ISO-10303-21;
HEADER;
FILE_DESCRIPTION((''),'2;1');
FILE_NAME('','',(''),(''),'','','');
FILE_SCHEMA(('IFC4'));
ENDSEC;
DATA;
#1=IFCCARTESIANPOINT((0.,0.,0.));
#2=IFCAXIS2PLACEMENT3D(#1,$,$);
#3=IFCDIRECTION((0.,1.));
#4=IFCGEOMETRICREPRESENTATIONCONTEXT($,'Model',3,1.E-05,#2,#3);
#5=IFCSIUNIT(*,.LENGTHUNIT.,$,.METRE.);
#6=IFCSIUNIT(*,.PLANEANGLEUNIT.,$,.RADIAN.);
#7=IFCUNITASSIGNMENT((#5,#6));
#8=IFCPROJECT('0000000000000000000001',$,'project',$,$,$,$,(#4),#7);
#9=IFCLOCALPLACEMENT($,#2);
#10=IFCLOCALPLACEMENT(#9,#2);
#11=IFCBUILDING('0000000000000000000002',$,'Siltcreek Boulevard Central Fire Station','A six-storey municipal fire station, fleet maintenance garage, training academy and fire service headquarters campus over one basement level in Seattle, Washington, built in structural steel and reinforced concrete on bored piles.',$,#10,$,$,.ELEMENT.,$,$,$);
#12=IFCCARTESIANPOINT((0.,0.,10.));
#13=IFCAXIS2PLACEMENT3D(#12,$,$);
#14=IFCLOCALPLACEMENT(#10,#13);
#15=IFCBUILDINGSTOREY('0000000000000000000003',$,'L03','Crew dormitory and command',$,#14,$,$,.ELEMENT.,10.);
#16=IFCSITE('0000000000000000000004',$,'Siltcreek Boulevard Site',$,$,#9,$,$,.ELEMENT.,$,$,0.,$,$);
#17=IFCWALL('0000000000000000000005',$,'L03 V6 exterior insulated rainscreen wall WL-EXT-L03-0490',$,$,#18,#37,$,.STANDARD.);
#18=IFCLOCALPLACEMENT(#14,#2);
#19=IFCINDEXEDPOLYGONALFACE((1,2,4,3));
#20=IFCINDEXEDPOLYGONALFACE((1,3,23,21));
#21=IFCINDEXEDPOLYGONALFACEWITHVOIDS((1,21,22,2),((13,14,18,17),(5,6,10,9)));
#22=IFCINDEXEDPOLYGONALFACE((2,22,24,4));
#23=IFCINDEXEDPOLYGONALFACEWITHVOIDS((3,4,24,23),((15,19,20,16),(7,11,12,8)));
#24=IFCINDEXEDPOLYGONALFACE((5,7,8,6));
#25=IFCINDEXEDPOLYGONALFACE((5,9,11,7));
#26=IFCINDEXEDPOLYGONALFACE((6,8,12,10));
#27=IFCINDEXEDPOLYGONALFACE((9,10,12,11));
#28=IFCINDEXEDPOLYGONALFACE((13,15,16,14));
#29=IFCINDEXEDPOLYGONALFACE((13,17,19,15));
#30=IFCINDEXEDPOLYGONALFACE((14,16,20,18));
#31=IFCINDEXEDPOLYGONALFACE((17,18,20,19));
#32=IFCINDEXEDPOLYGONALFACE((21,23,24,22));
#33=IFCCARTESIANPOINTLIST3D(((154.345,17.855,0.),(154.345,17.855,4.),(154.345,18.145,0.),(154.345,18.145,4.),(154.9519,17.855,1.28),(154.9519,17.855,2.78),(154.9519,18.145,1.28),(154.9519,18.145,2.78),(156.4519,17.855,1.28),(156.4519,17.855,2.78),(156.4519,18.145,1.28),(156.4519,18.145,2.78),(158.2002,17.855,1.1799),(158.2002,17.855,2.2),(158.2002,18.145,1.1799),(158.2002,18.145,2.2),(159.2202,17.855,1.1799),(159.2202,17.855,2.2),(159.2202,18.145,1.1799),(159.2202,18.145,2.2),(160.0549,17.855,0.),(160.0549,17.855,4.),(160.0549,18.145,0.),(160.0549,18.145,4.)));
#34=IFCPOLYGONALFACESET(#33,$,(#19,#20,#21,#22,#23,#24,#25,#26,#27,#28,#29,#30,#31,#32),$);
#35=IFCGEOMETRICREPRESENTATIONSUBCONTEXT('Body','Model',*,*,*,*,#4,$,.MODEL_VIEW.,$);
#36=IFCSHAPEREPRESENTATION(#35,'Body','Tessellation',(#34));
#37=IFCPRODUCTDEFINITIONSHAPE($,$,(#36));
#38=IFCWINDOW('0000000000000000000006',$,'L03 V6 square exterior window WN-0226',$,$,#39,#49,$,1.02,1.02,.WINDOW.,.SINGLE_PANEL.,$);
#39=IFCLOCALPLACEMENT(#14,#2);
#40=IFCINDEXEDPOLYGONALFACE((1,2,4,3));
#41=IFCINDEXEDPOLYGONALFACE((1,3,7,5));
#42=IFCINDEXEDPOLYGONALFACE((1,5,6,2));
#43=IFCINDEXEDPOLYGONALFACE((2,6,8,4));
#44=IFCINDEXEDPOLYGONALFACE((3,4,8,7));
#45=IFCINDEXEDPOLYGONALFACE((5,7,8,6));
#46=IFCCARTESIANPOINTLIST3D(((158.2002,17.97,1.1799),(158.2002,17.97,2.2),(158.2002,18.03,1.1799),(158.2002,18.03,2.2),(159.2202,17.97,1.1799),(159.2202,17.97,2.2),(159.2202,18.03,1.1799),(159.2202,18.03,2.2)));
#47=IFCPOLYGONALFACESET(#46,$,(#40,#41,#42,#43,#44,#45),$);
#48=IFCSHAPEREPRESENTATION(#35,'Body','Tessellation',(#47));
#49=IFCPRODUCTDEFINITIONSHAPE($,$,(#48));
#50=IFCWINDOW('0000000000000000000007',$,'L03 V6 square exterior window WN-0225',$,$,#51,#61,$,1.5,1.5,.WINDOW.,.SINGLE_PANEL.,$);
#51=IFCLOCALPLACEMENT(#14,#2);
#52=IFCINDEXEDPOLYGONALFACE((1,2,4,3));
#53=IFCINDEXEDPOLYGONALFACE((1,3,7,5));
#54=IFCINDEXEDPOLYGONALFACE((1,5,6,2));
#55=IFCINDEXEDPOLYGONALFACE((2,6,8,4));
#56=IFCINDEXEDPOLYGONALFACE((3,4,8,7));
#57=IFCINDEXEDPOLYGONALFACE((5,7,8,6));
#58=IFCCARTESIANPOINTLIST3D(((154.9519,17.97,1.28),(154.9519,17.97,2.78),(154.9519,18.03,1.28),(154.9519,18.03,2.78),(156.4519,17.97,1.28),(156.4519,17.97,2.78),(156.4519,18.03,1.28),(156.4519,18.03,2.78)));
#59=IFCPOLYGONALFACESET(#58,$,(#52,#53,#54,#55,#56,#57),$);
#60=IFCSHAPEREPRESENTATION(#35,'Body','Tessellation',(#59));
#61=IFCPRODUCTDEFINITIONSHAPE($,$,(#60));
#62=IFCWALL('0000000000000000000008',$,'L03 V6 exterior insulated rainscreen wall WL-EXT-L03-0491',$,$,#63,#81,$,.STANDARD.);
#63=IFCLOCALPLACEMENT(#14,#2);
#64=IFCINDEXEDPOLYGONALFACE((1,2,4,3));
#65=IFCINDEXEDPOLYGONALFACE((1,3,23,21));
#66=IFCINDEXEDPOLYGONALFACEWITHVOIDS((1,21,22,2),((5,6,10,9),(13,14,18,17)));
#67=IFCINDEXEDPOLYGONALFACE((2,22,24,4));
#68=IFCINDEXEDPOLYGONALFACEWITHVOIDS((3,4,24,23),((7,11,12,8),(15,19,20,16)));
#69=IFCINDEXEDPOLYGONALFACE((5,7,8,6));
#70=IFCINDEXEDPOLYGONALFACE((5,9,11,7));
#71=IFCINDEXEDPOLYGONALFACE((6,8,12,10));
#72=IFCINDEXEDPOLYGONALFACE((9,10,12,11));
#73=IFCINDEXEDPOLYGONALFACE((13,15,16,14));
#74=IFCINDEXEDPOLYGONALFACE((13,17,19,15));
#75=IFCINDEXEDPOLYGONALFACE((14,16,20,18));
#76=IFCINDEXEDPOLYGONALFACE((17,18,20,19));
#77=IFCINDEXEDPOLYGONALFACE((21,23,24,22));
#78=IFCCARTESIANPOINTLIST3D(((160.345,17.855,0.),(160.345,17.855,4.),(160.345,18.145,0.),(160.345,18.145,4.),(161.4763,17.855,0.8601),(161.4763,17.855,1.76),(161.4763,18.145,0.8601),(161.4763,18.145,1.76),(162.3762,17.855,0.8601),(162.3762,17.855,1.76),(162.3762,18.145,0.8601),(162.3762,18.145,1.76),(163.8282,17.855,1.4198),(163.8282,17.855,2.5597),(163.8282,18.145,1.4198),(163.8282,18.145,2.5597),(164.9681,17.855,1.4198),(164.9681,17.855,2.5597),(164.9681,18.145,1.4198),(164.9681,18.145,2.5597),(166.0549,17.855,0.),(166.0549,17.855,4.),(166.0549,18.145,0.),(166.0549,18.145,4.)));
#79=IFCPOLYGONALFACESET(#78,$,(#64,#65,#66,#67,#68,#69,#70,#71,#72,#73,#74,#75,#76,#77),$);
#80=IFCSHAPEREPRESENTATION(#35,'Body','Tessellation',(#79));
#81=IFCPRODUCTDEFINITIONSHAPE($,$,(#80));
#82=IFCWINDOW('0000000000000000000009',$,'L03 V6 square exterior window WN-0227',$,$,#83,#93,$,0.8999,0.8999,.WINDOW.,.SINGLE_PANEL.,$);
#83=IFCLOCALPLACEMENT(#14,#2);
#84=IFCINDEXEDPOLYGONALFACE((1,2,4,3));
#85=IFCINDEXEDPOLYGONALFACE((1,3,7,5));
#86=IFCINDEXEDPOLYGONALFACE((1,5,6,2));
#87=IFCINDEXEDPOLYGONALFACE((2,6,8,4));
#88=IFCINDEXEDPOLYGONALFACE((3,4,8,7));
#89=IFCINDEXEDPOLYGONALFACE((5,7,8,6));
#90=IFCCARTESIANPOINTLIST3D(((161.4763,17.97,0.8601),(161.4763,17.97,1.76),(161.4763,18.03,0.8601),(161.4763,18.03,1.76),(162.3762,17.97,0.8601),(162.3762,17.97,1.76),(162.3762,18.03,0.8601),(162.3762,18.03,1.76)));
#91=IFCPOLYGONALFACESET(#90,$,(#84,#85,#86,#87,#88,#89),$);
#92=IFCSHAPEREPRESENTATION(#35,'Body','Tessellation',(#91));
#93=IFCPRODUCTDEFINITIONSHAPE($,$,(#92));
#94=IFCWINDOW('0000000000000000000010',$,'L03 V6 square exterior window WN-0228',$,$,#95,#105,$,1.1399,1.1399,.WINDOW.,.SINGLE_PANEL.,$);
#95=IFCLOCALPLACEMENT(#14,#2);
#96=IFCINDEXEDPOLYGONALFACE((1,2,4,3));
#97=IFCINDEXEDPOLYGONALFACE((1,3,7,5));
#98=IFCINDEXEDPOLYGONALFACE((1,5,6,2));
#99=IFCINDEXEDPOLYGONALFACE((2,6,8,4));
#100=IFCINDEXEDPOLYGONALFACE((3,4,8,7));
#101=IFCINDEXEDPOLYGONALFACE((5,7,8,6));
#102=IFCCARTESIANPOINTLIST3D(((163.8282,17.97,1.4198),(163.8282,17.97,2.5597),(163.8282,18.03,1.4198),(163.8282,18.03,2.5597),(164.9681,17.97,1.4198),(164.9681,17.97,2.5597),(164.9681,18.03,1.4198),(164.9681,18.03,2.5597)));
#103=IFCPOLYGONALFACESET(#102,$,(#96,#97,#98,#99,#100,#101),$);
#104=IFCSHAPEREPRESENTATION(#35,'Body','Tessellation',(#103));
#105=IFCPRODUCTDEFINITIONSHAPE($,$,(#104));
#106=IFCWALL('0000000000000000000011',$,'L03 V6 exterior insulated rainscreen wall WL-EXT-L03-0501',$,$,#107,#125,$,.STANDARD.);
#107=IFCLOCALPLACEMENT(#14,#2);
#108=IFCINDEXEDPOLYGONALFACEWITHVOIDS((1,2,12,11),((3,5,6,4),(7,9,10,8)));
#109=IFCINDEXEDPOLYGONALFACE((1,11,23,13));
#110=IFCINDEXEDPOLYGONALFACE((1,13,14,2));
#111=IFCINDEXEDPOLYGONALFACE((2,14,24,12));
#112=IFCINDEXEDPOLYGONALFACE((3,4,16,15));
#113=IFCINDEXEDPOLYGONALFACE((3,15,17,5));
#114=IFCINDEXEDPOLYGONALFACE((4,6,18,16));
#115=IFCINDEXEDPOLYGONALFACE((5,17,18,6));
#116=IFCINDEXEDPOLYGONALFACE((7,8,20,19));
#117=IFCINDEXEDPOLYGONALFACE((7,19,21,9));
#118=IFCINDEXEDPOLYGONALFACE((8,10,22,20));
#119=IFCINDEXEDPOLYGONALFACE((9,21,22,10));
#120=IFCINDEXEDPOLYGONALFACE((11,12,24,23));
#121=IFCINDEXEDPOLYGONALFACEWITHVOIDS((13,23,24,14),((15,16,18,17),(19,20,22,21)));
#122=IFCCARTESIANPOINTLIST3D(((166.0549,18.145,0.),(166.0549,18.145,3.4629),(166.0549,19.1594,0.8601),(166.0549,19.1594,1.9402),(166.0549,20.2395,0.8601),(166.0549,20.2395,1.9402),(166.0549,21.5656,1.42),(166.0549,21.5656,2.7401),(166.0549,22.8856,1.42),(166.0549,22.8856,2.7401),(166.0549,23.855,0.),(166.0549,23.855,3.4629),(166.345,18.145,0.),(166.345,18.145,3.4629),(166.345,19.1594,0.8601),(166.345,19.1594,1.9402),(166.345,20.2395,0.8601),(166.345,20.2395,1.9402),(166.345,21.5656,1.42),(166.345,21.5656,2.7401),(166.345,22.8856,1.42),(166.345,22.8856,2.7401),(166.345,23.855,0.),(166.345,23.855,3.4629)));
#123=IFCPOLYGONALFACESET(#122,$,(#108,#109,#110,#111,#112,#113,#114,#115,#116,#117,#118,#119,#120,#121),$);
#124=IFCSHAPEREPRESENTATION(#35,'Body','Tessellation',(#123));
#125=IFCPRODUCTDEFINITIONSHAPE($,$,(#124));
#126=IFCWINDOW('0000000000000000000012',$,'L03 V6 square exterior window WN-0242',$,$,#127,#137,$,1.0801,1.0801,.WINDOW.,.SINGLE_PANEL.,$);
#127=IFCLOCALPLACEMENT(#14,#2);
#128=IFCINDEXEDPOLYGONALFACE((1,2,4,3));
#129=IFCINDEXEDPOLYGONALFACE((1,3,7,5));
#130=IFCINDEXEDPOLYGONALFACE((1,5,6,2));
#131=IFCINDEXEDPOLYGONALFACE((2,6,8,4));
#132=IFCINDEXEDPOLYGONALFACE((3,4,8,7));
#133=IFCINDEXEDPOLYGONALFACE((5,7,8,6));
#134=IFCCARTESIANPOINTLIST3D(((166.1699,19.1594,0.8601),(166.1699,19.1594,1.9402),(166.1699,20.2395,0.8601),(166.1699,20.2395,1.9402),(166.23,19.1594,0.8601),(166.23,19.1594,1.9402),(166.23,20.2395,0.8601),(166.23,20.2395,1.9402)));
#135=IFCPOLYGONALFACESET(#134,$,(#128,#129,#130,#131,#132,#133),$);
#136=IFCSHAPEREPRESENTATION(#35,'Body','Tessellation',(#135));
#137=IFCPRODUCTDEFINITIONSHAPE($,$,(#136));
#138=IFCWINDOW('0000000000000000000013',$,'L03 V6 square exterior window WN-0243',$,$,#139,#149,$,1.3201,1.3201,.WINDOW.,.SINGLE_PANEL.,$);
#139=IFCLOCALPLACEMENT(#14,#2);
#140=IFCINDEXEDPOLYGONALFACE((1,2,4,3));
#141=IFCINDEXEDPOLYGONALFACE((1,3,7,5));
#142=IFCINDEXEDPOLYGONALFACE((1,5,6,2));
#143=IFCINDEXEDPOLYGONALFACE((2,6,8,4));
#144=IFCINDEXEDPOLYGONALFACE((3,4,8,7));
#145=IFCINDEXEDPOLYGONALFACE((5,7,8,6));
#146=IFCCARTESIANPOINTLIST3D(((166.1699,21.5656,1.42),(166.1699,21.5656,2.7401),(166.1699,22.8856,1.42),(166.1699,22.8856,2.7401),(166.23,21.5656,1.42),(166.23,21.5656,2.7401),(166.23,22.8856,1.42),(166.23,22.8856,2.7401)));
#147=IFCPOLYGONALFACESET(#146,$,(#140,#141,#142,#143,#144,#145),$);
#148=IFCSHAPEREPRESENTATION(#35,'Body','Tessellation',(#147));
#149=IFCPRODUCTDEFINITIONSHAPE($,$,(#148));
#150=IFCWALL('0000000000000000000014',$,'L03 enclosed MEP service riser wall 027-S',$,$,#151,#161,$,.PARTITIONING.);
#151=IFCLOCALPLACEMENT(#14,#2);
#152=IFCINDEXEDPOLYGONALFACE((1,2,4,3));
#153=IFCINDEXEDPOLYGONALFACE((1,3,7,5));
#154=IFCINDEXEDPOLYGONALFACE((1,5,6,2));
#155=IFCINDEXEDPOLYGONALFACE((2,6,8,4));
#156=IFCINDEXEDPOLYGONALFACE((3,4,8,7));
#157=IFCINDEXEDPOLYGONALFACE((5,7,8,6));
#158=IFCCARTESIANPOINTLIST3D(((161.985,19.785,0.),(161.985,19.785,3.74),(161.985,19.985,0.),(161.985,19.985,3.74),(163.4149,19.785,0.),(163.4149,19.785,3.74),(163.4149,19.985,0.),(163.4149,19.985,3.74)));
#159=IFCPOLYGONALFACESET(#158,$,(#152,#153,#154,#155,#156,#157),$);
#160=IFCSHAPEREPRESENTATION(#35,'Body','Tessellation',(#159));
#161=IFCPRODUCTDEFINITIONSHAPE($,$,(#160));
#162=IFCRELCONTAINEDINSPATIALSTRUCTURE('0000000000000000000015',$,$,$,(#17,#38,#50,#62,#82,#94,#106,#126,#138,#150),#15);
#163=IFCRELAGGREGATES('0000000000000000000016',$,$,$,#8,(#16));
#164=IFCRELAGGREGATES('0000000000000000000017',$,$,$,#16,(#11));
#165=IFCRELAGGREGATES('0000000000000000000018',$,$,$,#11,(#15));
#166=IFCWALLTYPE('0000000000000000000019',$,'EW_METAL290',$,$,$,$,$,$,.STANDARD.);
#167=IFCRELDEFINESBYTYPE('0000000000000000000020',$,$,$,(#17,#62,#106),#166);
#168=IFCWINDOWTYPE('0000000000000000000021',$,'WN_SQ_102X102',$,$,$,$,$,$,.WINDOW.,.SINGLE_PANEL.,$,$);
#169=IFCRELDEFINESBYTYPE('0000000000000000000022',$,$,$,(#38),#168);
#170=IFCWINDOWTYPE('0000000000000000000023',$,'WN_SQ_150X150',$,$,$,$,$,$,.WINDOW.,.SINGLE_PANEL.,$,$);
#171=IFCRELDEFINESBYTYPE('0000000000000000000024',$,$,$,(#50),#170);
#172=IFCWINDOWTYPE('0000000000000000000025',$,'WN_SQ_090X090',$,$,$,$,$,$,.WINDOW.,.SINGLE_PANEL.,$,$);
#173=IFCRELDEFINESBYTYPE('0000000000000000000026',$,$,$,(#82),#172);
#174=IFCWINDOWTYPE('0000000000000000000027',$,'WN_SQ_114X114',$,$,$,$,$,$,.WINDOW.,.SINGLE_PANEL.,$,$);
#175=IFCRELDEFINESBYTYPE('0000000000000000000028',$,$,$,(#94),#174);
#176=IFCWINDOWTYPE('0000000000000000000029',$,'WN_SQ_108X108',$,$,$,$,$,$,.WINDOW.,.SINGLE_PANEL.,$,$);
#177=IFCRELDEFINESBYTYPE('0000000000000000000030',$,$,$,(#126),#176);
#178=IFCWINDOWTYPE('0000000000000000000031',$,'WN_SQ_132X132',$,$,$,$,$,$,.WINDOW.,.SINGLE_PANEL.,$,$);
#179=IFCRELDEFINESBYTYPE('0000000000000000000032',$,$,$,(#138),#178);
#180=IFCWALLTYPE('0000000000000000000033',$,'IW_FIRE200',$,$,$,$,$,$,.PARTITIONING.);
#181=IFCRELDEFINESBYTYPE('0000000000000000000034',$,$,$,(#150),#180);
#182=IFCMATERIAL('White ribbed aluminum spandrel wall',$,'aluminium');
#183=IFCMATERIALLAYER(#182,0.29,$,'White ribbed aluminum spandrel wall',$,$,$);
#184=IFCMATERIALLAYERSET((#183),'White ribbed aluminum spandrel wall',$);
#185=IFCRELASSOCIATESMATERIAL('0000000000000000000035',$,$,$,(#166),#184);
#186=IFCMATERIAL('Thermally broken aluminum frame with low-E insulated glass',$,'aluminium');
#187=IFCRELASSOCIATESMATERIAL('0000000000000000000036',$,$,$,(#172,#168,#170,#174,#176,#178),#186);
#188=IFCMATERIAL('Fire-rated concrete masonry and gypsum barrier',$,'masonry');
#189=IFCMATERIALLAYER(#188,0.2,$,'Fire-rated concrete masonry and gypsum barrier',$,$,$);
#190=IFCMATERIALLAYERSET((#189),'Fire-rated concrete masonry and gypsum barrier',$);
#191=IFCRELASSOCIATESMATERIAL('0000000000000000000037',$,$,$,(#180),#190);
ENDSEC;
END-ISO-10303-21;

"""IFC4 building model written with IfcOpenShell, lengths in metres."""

from ifc_helpers import new_model, si_unit, direction, frame, frame_2d, origin, place, context, subcontext, project, spatial, rectangle, extrude, material, layer, layer_set, type_object, element, fill, save


model = new_model("IFC4")

# Units and contexts
model_context = context("Model", 3, precision=1e-05, world=origin(), true_north=direction((0.0, 1.0)))
body_context = subcontext(model_context, "Body", "Model", "MODEL_VIEW")
ifc_project = project(units=[si_unit("LENGTHUNIT", "METRE"), si_unit("PLANEANGLEUNIT", "RADIAN")], contexts=[model_context])

# Site, building, storey
site_placement = place(None, origin())
site = spatial("IfcSite", under=ifc_project, at=site_placement, Name="Siltcreek Boulevard Site", CompositionType="ELEMENT", RefElevation=0.0)
building_placement = place(site_placement, origin())
building = spatial("IfcBuilding", under=site, at=building_placement, Name="Siltcreek Boulevard Central Fire Station", Description="A six-storey municipal fire station, fleet maintenance garage, training academy and fire service headquarters campus over one basement level in Seattle, Washington, built in structural steel and reinforced concrete on bored piles.", CompositionType="ELEMENT")
storey_placement = place(building_placement, frame((0.0, 0.0, 10.0)))
storey = spatial("IfcBuildingStorey", under=building, at=storey_placement, Name="L03", Description="Crew dormitory and command", CompositionType="ELEMENT", Elevation=10.0)

# Shared definitions
ifc_material_1 = material(Name="White ribbed aluminum spandrel wall", Category="aluminium")
ifc_layer_1 = layer(ifc_material_1, 0.29, Name="White ribbed aluminum spandrel wall")
ifc_layer_set_1 = layer_set([ifc_layer_1], Name="White ribbed aluminum spandrel wall")
wall_type_1 = type_object("IfcWallType", Name="EW_METAL290", PredefinedType="STANDARD", material=ifc_layer_set_1)
ifc_material_2 = material(Name="Thermally broken aluminum frame with low-E insulated glass", Category="aluminium")
window_type_1 = type_object("IfcWindowType", Name="WN_SQ_090X090", PartitioningType="SINGLE_PANEL", PredefinedType="WINDOW", material=ifc_material_2)

# Walls, openings, windows
wall_1_placement = place(storey_placement, frame((154.345, 18.0, 0.0), z_axis=(0.0, 0.0, 1.0), x_axis=(1.0, 0.0, 0.0)))
wall_1 = element("IfcWall", 1, at=wall_1_placement, inside=storey, type_object=wall_type_1, Name="L03 V6 exterior insulated rainscreen wall WL-EXT-L03-0490", PredefinedType="STANDARD", context=body_context, shape_type="SweptSolid", body=[
    extrude(rectangle(XDim=5.71, YDim=0.29, at=frame_2d((2.855, 0.0))), origin(), (0.0, 0.0, 1.0), 4.0),
])
opening_1_placement = place(wall_1_placement, frame((0.6069, 0.0, 1.28)))
opening_1 = element("IfcOpeningElement", 2, at=opening_1_placement, cuts=wall_1, PredefinedType="OPENING", context=body_context, shape_type="SweptSolid", body=[
    extrude(rectangle(XDim=1.5, YDim=1.5, at=frame_2d((0.75, 0.75))), frame((0.0, 0.155, 0.0), z_axis=(0.0, -1.0, 0.0), x_axis=(1.0, 0.0, 0.0)), (0.0, 0.0, 1.0), 0.3101),
])
opening_2_placement = place(wall_1_placement, frame((3.8552, 0.0, 1.1799)))
opening_2 = element("IfcOpeningElement", 3, at=opening_2_placement, cuts=wall_1, PredefinedType="OPENING", context=body_context, shape_type="SweptSolid", body=[
    extrude(rectangle(XDim=1.02, YDim=1.02, at=frame_2d((0.51, 0.51))), frame((0.0, 0.155, 0.0), z_axis=(0.0, -1.0, 0.0), x_axis=(1.0, 0.0, 0.0)), (0.0, 0.0, 1.0), 0.3101),
])
window_type_2 = type_object("IfcWindowType", Name="WN_SQ_102X102", PartitioningType="SINGLE_PANEL", PredefinedType="WINDOW", material=ifc_material_2)
window_1_placement = place(opening_2_placement, origin())
window_1 = element("IfcWindow", 4, at=window_1_placement, inside=storey, type_object=window_type_2, Name="L03 V6 square exterior window WN-0226", OverallHeight=1.02, OverallWidth=1.02, PartitioningType="SINGLE_PANEL", PredefinedType="WINDOW", context=body_context, shape_type="SweptSolid", body=[
    extrude(rectangle(XDim=1.02, YDim=1.02, at=frame_2d((0.51, 0.51))), frame((0.0, 0.03, 0.0), z_axis=(0.0, -1.0, 0.0), x_axis=(1.0, 0.0, 0.0)), (0.0, 0.0, 1.0), 0.0601),
])
fill(opening_2, window_1)
window_type_3 = type_object("IfcWindowType", Name="WN_SQ_150X150", PartitioningType="SINGLE_PANEL", PredefinedType="WINDOW", material=ifc_material_2)
window_2_placement = place(opening_1_placement, origin())
window_2 = element("IfcWindow", 5, at=window_2_placement, inside=storey, type_object=window_type_3, Name="L03 V6 square exterior window WN-0225", OverallHeight=1.5, OverallWidth=1.5, PartitioningType="SINGLE_PANEL", PredefinedType="WINDOW", context=body_context, shape_type="SweptSolid", body=[
    extrude(rectangle(XDim=1.5, YDim=1.5, at=frame_2d((0.75, 0.75))), frame((0.0, 0.03, 0.0), z_axis=(0.0, -1.0, 0.0), x_axis=(1.0, 0.0, 0.0)), (0.0, 0.0, 1.0), 0.0601),
])
fill(opening_1, window_2)
wall_2_placement = place(storey_placement, frame((160.345, 18.0, 0.0), z_axis=(0.0, 0.0, 1.0), x_axis=(1.0, 0.0, 0.0)))
wall_2 = element("IfcWall", 6, at=wall_2_placement, inside=storey, type_object=wall_type_1, Name="L03 V6 exterior insulated rainscreen wall WL-EXT-L03-0491", PredefinedType="STANDARD", context=body_context, shape_type="SweptSolid", body=[
    extrude(rectangle(XDim=5.71, YDim=0.29, at=frame_2d((2.855, 0.0))), origin(), (0.0, 0.0, 1.0), 4.0),
])
opening_3_placement = place(wall_2_placement, frame((1.1313, 0.0, 0.8601)))
opening_3 = element("IfcOpeningElement", 7, at=opening_3_placement, cuts=wall_2, PredefinedType="OPENING", context=body_context, shape_type="SweptSolid", body=[
    extrude(rectangle(XDim=0.8999, YDim=0.8999, at=frame_2d((0.45, 0.45))), frame((0.0, 0.155, 0.0), z_axis=(0.0, -1.0, 0.0), x_axis=(1.0, 0.0, 0.0)), (0.0, 0.0, 1.0), 0.3101),
])
opening_4_placement = place(wall_2_placement, frame((3.4834, 0.0, 1.4199)))
opening_4 = element("IfcOpeningElement", 8, at=opening_4_placement, cuts=wall_2, PredefinedType="OPENING", context=body_context, shape_type="SweptSolid", body=[
    extrude(rectangle(XDim=1.1399, YDim=1.1399, at=frame_2d((0.5698, 0.5698))), frame((0.0, 0.155, 0.0), z_axis=(0.0, -1.0, 0.0), x_axis=(1.0, 0.0, 0.0)), (0.0, 0.0, 1.0), 0.3101),
])
window_3_placement = place(opening_3_placement, origin())
window_3 = element("IfcWindow", 9, at=window_3_placement, inside=storey, type_object=window_type_1, Name="L03 V6 square exterior window WN-0227", OverallHeight=0.8999, OverallWidth=0.8999, PartitioningType="SINGLE_PANEL", PredefinedType="WINDOW", context=body_context, shape_type="SweptSolid", body=[
    extrude(rectangle(XDim=0.8999, YDim=0.8999, at=frame_2d((0.45, 0.45))), frame((0.0, 0.03, 0.0), z_axis=(0.0, -1.0, 0.0), x_axis=(1.0, 0.0, 0.0)), (0.0, 0.0, 1.0), 0.0601),
])
fill(opening_3, window_3)
window_type_4 = type_object("IfcWindowType", Name="WN_SQ_114X114", PartitioningType="SINGLE_PANEL", PredefinedType="WINDOW", material=ifc_material_2)
window_4_placement = place(opening_4_placement, origin())
window_4 = element("IfcWindow", 10, at=window_4_placement, inside=storey, type_object=window_type_4, Name="L03 V6 square exterior window WN-0228", OverallHeight=1.1399, OverallWidth=1.1399, PartitioningType="SINGLE_PANEL", PredefinedType="WINDOW", context=body_context, shape_type="SweptSolid", body=[
    extrude(rectangle(XDim=1.1399, YDim=1.1399, at=frame_2d((0.5698, 0.5698))), frame((0.0, 0.03, 0.0), z_axis=(0.0, -1.0, 0.0), x_axis=(1.0, 0.0, 0.0)), (0.0, 0.0, 1.0), 0.0601),
])
fill(opening_4, window_4)
wall_3_placement = place(storey_placement, frame((166.2, 18.145, 0.0), z_axis=(0.0, 0.0, 1.0), x_axis=(0.0, 1.0, 0.0)))
wall_3 = element("IfcWall", 11, at=wall_3_placement, inside=storey, type_object=wall_type_1, Name="L03 V6 exterior insulated rainscreen wall WL-EXT-L03-0501", PredefinedType="STANDARD", context=body_context, shape_type="SweptSolid", body=[
    extrude(rectangle(XDim=5.71, YDim=0.29, at=frame_2d((2.855, 0.0))), origin(), (0.0, 0.0, 1.0), 3.4629),
])
opening_5_placement = place(wall_3_placement, frame((1.0144, 0.0, 0.8601)))
opening_5 = element("IfcOpeningElement", 12, at=opening_5_placement, cuts=wall_3, PredefinedType="OPENING", context=body_context, shape_type="SweptSolid", body=[
    extrude(rectangle(XDim=1.0801, YDim=1.0801, at=frame_2d((0.54, 0.54))), frame((0.0, 0.155, 0.0), z_axis=(0.0, -1.0, 0.0), x_axis=(1.0, 0.0, 0.0)), (0.0, 0.0, 1.0), 0.3101),
])
opening_6_placement = place(wall_3_placement, frame((3.4204, 0.0, 1.4199)))
opening_6 = element("IfcOpeningElement", 13, at=opening_6_placement, cuts=wall_3, PredefinedType="OPENING", context=body_context, shape_type="SweptSolid", body=[
    extrude(rectangle(XDim=1.3201, YDim=1.3201, at=frame_2d((0.6602, 0.6602))), frame((0.0, 0.155, 0.0), z_axis=(0.0, -1.0, 0.0), x_axis=(1.0, 0.0, 0.0)), (0.0, 0.0, 1.0), 0.3101),
])
window_type_5 = type_object("IfcWindowType", Name="WN_SQ_108X108", PartitioningType="SINGLE_PANEL", PredefinedType="WINDOW", material=ifc_material_2)
window_5_placement = place(opening_5_placement, origin())
window_5 = element("IfcWindow", 14, at=window_5_placement, inside=storey, type_object=window_type_5, Name="L03 V6 square exterior window WN-0242", OverallHeight=1.0801, OverallWidth=1.0801, PartitioningType="SINGLE_PANEL", PredefinedType="WINDOW", context=body_context, shape_type="SweptSolid", body=[
    extrude(rectangle(XDim=1.0801, YDim=1.0801, at=frame_2d((0.54, 0.54))), frame((0.0, 0.03, 0.0), z_axis=(0.0, -1.0, 0.0), x_axis=(1.0, 0.0, 0.0)), (0.0, 0.0, 1.0), 0.0601),
])
fill(opening_5, window_5)
window_type_6 = type_object("IfcWindowType", Name="WN_SQ_132X132", PartitioningType="SINGLE_PANEL", PredefinedType="WINDOW", material=ifc_material_2)
window_6_placement = place(opening_6_placement, origin())
window_6 = element("IfcWindow", 15, at=window_6_placement, inside=storey, type_object=window_type_6, Name="L03 V6 square exterior window WN-0243", OverallHeight=1.3201, OverallWidth=1.3201, PartitioningType="SINGLE_PANEL", PredefinedType="WINDOW", context=body_context, shape_type="SweptSolid", body=[
    extrude(rectangle(XDim=1.3201, YDim=1.3201, at=frame_2d((0.6602, 0.6602))), frame((0.0, 0.03, 0.0), z_axis=(0.0, -1.0, 0.0), x_axis=(1.0, 0.0, 0.0)), (0.0, 0.0, 1.0), 0.0601),
])
fill(opening_6, window_6)

# Wall
ifc_material_3 = material(Name="Fire-rated concrete masonry and gypsum barrier", Category="masonry")
ifc_layer_2 = layer(ifc_material_3, 0.2, Name="Fire-rated concrete masonry and gypsum barrier")
ifc_layer_set_2 = layer_set([ifc_layer_2], Name="Fire-rated concrete masonry and gypsum barrier")
wall_type_2 = type_object("IfcWallType", Name="IW_FIRE200", PredefinedType="PARTITIONING", material=ifc_layer_set_2)
wall_4_placement = place(storey_placement, frame((161.9851, 19.885, 0.0), z_axis=(0.0, 0.0, 1.0), x_axis=(1.0, 0.0, 0.0)))
element("IfcWall", 16, at=wall_4_placement, inside=storey, type_object=wall_type_2, Name="L03 enclosed MEP service riser wall 027-S", PredefinedType="PARTITIONING", context=body_context, shape_type="SweptSolid", body=[
    extrude(rectangle(XDim=1.4299, YDim=0.2, at=frame_2d((0.7148, 0.0))), origin(), (0.0, 0.0, 1.0), 3.74),
])

save(model, "model.ifc")
